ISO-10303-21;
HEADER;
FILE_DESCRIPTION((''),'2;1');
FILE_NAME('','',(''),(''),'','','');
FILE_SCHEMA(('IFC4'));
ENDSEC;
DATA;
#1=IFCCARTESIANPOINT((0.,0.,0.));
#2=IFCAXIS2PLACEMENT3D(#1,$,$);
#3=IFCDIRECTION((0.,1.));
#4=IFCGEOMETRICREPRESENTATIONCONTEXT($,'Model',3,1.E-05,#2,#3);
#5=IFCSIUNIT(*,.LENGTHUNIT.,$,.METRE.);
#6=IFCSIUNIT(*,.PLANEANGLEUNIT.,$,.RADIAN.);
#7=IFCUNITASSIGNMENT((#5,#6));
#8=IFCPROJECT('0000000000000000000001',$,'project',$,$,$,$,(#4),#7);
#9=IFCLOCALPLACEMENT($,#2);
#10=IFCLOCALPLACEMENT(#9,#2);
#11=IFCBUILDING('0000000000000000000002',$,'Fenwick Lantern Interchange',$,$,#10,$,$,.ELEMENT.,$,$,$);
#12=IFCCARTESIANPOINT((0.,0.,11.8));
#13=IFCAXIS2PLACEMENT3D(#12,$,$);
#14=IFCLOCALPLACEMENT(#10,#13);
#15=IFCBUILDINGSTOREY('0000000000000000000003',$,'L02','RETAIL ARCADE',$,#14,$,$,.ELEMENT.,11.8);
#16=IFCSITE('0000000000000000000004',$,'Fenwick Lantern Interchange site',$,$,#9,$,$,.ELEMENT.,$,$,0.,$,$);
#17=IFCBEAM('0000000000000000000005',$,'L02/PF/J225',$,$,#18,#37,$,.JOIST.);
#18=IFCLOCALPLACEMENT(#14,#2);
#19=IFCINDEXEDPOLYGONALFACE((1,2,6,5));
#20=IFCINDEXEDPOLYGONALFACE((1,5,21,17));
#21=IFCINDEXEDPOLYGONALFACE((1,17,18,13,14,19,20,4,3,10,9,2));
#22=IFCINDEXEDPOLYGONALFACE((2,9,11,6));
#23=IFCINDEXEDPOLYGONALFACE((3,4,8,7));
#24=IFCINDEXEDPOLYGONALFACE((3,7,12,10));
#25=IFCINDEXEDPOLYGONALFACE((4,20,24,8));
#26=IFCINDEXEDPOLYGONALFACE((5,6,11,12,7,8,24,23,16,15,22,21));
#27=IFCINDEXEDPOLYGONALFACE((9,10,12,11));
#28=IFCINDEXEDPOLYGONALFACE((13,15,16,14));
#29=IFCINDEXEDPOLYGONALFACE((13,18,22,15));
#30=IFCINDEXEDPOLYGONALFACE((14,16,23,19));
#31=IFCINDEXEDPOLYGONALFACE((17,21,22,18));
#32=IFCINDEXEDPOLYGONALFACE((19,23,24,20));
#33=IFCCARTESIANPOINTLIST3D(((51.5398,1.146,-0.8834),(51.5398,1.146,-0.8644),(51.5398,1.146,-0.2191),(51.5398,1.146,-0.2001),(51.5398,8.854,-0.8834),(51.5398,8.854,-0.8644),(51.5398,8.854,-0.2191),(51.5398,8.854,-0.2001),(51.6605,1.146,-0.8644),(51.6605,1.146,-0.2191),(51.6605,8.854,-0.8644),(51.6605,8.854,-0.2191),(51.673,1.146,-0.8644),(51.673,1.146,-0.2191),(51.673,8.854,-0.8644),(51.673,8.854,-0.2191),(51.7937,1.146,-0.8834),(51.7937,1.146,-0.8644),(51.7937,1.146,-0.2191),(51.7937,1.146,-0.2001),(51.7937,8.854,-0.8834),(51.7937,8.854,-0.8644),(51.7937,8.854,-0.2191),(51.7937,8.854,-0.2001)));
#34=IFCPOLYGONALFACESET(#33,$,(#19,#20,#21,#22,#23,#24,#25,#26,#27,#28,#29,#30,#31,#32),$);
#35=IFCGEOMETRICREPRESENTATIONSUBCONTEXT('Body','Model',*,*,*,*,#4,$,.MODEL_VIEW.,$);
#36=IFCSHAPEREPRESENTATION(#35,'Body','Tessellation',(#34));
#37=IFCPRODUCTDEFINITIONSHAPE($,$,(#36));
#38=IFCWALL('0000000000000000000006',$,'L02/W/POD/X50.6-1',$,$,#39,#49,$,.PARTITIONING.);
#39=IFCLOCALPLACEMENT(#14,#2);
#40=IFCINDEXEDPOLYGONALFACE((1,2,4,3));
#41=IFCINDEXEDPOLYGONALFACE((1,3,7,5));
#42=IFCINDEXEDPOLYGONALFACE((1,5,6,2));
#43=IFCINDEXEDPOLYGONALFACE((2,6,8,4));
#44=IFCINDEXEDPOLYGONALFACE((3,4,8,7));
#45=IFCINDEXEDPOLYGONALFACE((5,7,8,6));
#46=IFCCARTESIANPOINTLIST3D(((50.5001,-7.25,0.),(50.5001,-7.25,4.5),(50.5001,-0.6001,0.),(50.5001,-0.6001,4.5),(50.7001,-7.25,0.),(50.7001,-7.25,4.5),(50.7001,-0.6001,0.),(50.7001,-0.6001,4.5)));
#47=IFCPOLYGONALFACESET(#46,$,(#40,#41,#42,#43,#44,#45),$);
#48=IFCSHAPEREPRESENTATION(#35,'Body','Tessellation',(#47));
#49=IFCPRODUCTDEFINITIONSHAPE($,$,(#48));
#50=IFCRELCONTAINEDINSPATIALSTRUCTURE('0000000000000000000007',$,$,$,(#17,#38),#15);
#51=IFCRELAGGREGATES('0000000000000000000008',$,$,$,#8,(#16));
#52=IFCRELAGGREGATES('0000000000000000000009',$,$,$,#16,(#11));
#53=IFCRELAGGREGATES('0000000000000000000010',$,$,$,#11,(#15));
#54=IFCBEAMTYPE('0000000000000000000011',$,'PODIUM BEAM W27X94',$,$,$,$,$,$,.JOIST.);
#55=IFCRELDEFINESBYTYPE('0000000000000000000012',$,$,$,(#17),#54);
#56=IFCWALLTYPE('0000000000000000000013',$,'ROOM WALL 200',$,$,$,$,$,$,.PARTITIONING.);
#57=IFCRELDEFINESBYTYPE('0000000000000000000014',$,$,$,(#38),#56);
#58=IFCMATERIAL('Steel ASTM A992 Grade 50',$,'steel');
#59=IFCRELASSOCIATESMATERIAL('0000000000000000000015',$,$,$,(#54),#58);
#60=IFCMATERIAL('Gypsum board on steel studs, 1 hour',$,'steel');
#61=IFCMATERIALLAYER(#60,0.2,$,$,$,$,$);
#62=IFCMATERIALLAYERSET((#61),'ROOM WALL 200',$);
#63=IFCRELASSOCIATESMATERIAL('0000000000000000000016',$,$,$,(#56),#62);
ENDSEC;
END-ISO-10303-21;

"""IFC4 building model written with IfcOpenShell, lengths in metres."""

from ifc_helpers import new_model, si_unit, direction, frame, frame_2d, origin, origin_2d, place, context, subcontext, project, spatial, rectangle, i_section, extrude, material, layer, layer_set, material_profile, profile_set, type_object, element, save


model = new_model("IFC4")

# Units and contexts
model_context = context("Model", 3, precision=1e-05, world=origin(), true_north=direction((0.0, 1.0)))
body_context = subcontext(model_context, "Body", "Model", "MODEL_VIEW")
ifc_project = project(units=[si_unit("LENGTHUNIT", "METRE"), si_unit("PLANEANGLEUNIT", "RADIAN")], contexts=[model_context])

# Site, building, storey
site_placement = place(None, origin())
site = spatial("IfcSite", under=ifc_project, at=site_placement, Name="Fenwick Lantern Interchange site", CompositionType="ELEMENT", RefElevation=0.0)
building_placement = place(site_placement, origin())
building = spatial("IfcBuilding", under=site, at=building_placement, Name="Fenwick Lantern Interchange", CompositionType="ELEMENT")
storey_placement = place(building_placement, frame((0.0, 0.0, 11.8)))
storey = spatial("IfcBuildingStorey", under=building, at=storey_placement, Name="L02", Description="RETAIL ARCADE", CompositionType="ELEMENT", Elevation=11.8)

# Shared definitions
ifc_material_1 = material(Name="Steel ASTM A992 Grade 50", Category="steel")

# Beam
ifc_material_profile_1 = material_profile(ifc_material_1, i_section(OverallWidth=0.2539, OverallDepth=0.6833, WebThickness=0.0125, FlangeThickness=0.019, at=origin_2d()), Name="W27X94")
ifc_profile_set_1 = profile_set([ifc_material_profile_1], Name="Steel ASTM A992 Grade 50")
beam_type_1 = type_object("IfcBeamType", Name="PODIUM BEAM W27X94", PredefinedType="JOIST", material=ifc_profile_set_1)
for number, where, z_axis, x_axis, name in (
    (1, (51.6667, 1.146, -0.5417), (0.0, 1.0, 0.0), (-1.0, 0.0, 0.0), "L02/PF/J225"),
):
    element("IfcBeam", number, at=place(storey_placement, frame(where, z_axis=z_axis, x_axis=x_axis)), inside=storey, type_object=beam_type_1, Name=name, PredefinedType="JOIST", context=body_context, shape_type="SweptSolid", body=[
        extrude(i_section(OverallWidth=0.2539, OverallDepth=0.6833, WebThickness=0.0125, FlangeThickness=0.019, at=origin_2d()), origin(), (0.0, 0.0, 1.0), 7.708),
    ])

# Wall
ifc_material_2 = material(Name="Gypsum board on steel studs, 1 hour", Category="steel")
ifc_layer = layer(ifc_material_2, 0.2)
ifc_layer_set = layer_set([ifc_layer], Name="ROOM WALL 200")
wall_type = type_object("IfcWallType", Name="ROOM WALL 200", PredefinedType="PARTITIONING", material=ifc_layer_set)
wall_placement = place(storey_placement, frame((50.6001, -7.25, 0.0), z_axis=(0.0, 0.0, 1.0), x_axis=(0.0, 1.0, 0.0)))
element("IfcWall", 2, at=wall_placement, inside=storey, type_object=wall_type, Name="L02/W/POD/X50.6-1", PredefinedType="PARTITIONING", context=body_context, shape_type="SweptSolid", body=[
    extrude(rectangle(XDim=6.6499, YDim=0.2, at=frame_2d((3.325, 0.0))), origin(), (0.0, 0.0, 1.0), 4.5),
])

save(model, "model.ifc")
